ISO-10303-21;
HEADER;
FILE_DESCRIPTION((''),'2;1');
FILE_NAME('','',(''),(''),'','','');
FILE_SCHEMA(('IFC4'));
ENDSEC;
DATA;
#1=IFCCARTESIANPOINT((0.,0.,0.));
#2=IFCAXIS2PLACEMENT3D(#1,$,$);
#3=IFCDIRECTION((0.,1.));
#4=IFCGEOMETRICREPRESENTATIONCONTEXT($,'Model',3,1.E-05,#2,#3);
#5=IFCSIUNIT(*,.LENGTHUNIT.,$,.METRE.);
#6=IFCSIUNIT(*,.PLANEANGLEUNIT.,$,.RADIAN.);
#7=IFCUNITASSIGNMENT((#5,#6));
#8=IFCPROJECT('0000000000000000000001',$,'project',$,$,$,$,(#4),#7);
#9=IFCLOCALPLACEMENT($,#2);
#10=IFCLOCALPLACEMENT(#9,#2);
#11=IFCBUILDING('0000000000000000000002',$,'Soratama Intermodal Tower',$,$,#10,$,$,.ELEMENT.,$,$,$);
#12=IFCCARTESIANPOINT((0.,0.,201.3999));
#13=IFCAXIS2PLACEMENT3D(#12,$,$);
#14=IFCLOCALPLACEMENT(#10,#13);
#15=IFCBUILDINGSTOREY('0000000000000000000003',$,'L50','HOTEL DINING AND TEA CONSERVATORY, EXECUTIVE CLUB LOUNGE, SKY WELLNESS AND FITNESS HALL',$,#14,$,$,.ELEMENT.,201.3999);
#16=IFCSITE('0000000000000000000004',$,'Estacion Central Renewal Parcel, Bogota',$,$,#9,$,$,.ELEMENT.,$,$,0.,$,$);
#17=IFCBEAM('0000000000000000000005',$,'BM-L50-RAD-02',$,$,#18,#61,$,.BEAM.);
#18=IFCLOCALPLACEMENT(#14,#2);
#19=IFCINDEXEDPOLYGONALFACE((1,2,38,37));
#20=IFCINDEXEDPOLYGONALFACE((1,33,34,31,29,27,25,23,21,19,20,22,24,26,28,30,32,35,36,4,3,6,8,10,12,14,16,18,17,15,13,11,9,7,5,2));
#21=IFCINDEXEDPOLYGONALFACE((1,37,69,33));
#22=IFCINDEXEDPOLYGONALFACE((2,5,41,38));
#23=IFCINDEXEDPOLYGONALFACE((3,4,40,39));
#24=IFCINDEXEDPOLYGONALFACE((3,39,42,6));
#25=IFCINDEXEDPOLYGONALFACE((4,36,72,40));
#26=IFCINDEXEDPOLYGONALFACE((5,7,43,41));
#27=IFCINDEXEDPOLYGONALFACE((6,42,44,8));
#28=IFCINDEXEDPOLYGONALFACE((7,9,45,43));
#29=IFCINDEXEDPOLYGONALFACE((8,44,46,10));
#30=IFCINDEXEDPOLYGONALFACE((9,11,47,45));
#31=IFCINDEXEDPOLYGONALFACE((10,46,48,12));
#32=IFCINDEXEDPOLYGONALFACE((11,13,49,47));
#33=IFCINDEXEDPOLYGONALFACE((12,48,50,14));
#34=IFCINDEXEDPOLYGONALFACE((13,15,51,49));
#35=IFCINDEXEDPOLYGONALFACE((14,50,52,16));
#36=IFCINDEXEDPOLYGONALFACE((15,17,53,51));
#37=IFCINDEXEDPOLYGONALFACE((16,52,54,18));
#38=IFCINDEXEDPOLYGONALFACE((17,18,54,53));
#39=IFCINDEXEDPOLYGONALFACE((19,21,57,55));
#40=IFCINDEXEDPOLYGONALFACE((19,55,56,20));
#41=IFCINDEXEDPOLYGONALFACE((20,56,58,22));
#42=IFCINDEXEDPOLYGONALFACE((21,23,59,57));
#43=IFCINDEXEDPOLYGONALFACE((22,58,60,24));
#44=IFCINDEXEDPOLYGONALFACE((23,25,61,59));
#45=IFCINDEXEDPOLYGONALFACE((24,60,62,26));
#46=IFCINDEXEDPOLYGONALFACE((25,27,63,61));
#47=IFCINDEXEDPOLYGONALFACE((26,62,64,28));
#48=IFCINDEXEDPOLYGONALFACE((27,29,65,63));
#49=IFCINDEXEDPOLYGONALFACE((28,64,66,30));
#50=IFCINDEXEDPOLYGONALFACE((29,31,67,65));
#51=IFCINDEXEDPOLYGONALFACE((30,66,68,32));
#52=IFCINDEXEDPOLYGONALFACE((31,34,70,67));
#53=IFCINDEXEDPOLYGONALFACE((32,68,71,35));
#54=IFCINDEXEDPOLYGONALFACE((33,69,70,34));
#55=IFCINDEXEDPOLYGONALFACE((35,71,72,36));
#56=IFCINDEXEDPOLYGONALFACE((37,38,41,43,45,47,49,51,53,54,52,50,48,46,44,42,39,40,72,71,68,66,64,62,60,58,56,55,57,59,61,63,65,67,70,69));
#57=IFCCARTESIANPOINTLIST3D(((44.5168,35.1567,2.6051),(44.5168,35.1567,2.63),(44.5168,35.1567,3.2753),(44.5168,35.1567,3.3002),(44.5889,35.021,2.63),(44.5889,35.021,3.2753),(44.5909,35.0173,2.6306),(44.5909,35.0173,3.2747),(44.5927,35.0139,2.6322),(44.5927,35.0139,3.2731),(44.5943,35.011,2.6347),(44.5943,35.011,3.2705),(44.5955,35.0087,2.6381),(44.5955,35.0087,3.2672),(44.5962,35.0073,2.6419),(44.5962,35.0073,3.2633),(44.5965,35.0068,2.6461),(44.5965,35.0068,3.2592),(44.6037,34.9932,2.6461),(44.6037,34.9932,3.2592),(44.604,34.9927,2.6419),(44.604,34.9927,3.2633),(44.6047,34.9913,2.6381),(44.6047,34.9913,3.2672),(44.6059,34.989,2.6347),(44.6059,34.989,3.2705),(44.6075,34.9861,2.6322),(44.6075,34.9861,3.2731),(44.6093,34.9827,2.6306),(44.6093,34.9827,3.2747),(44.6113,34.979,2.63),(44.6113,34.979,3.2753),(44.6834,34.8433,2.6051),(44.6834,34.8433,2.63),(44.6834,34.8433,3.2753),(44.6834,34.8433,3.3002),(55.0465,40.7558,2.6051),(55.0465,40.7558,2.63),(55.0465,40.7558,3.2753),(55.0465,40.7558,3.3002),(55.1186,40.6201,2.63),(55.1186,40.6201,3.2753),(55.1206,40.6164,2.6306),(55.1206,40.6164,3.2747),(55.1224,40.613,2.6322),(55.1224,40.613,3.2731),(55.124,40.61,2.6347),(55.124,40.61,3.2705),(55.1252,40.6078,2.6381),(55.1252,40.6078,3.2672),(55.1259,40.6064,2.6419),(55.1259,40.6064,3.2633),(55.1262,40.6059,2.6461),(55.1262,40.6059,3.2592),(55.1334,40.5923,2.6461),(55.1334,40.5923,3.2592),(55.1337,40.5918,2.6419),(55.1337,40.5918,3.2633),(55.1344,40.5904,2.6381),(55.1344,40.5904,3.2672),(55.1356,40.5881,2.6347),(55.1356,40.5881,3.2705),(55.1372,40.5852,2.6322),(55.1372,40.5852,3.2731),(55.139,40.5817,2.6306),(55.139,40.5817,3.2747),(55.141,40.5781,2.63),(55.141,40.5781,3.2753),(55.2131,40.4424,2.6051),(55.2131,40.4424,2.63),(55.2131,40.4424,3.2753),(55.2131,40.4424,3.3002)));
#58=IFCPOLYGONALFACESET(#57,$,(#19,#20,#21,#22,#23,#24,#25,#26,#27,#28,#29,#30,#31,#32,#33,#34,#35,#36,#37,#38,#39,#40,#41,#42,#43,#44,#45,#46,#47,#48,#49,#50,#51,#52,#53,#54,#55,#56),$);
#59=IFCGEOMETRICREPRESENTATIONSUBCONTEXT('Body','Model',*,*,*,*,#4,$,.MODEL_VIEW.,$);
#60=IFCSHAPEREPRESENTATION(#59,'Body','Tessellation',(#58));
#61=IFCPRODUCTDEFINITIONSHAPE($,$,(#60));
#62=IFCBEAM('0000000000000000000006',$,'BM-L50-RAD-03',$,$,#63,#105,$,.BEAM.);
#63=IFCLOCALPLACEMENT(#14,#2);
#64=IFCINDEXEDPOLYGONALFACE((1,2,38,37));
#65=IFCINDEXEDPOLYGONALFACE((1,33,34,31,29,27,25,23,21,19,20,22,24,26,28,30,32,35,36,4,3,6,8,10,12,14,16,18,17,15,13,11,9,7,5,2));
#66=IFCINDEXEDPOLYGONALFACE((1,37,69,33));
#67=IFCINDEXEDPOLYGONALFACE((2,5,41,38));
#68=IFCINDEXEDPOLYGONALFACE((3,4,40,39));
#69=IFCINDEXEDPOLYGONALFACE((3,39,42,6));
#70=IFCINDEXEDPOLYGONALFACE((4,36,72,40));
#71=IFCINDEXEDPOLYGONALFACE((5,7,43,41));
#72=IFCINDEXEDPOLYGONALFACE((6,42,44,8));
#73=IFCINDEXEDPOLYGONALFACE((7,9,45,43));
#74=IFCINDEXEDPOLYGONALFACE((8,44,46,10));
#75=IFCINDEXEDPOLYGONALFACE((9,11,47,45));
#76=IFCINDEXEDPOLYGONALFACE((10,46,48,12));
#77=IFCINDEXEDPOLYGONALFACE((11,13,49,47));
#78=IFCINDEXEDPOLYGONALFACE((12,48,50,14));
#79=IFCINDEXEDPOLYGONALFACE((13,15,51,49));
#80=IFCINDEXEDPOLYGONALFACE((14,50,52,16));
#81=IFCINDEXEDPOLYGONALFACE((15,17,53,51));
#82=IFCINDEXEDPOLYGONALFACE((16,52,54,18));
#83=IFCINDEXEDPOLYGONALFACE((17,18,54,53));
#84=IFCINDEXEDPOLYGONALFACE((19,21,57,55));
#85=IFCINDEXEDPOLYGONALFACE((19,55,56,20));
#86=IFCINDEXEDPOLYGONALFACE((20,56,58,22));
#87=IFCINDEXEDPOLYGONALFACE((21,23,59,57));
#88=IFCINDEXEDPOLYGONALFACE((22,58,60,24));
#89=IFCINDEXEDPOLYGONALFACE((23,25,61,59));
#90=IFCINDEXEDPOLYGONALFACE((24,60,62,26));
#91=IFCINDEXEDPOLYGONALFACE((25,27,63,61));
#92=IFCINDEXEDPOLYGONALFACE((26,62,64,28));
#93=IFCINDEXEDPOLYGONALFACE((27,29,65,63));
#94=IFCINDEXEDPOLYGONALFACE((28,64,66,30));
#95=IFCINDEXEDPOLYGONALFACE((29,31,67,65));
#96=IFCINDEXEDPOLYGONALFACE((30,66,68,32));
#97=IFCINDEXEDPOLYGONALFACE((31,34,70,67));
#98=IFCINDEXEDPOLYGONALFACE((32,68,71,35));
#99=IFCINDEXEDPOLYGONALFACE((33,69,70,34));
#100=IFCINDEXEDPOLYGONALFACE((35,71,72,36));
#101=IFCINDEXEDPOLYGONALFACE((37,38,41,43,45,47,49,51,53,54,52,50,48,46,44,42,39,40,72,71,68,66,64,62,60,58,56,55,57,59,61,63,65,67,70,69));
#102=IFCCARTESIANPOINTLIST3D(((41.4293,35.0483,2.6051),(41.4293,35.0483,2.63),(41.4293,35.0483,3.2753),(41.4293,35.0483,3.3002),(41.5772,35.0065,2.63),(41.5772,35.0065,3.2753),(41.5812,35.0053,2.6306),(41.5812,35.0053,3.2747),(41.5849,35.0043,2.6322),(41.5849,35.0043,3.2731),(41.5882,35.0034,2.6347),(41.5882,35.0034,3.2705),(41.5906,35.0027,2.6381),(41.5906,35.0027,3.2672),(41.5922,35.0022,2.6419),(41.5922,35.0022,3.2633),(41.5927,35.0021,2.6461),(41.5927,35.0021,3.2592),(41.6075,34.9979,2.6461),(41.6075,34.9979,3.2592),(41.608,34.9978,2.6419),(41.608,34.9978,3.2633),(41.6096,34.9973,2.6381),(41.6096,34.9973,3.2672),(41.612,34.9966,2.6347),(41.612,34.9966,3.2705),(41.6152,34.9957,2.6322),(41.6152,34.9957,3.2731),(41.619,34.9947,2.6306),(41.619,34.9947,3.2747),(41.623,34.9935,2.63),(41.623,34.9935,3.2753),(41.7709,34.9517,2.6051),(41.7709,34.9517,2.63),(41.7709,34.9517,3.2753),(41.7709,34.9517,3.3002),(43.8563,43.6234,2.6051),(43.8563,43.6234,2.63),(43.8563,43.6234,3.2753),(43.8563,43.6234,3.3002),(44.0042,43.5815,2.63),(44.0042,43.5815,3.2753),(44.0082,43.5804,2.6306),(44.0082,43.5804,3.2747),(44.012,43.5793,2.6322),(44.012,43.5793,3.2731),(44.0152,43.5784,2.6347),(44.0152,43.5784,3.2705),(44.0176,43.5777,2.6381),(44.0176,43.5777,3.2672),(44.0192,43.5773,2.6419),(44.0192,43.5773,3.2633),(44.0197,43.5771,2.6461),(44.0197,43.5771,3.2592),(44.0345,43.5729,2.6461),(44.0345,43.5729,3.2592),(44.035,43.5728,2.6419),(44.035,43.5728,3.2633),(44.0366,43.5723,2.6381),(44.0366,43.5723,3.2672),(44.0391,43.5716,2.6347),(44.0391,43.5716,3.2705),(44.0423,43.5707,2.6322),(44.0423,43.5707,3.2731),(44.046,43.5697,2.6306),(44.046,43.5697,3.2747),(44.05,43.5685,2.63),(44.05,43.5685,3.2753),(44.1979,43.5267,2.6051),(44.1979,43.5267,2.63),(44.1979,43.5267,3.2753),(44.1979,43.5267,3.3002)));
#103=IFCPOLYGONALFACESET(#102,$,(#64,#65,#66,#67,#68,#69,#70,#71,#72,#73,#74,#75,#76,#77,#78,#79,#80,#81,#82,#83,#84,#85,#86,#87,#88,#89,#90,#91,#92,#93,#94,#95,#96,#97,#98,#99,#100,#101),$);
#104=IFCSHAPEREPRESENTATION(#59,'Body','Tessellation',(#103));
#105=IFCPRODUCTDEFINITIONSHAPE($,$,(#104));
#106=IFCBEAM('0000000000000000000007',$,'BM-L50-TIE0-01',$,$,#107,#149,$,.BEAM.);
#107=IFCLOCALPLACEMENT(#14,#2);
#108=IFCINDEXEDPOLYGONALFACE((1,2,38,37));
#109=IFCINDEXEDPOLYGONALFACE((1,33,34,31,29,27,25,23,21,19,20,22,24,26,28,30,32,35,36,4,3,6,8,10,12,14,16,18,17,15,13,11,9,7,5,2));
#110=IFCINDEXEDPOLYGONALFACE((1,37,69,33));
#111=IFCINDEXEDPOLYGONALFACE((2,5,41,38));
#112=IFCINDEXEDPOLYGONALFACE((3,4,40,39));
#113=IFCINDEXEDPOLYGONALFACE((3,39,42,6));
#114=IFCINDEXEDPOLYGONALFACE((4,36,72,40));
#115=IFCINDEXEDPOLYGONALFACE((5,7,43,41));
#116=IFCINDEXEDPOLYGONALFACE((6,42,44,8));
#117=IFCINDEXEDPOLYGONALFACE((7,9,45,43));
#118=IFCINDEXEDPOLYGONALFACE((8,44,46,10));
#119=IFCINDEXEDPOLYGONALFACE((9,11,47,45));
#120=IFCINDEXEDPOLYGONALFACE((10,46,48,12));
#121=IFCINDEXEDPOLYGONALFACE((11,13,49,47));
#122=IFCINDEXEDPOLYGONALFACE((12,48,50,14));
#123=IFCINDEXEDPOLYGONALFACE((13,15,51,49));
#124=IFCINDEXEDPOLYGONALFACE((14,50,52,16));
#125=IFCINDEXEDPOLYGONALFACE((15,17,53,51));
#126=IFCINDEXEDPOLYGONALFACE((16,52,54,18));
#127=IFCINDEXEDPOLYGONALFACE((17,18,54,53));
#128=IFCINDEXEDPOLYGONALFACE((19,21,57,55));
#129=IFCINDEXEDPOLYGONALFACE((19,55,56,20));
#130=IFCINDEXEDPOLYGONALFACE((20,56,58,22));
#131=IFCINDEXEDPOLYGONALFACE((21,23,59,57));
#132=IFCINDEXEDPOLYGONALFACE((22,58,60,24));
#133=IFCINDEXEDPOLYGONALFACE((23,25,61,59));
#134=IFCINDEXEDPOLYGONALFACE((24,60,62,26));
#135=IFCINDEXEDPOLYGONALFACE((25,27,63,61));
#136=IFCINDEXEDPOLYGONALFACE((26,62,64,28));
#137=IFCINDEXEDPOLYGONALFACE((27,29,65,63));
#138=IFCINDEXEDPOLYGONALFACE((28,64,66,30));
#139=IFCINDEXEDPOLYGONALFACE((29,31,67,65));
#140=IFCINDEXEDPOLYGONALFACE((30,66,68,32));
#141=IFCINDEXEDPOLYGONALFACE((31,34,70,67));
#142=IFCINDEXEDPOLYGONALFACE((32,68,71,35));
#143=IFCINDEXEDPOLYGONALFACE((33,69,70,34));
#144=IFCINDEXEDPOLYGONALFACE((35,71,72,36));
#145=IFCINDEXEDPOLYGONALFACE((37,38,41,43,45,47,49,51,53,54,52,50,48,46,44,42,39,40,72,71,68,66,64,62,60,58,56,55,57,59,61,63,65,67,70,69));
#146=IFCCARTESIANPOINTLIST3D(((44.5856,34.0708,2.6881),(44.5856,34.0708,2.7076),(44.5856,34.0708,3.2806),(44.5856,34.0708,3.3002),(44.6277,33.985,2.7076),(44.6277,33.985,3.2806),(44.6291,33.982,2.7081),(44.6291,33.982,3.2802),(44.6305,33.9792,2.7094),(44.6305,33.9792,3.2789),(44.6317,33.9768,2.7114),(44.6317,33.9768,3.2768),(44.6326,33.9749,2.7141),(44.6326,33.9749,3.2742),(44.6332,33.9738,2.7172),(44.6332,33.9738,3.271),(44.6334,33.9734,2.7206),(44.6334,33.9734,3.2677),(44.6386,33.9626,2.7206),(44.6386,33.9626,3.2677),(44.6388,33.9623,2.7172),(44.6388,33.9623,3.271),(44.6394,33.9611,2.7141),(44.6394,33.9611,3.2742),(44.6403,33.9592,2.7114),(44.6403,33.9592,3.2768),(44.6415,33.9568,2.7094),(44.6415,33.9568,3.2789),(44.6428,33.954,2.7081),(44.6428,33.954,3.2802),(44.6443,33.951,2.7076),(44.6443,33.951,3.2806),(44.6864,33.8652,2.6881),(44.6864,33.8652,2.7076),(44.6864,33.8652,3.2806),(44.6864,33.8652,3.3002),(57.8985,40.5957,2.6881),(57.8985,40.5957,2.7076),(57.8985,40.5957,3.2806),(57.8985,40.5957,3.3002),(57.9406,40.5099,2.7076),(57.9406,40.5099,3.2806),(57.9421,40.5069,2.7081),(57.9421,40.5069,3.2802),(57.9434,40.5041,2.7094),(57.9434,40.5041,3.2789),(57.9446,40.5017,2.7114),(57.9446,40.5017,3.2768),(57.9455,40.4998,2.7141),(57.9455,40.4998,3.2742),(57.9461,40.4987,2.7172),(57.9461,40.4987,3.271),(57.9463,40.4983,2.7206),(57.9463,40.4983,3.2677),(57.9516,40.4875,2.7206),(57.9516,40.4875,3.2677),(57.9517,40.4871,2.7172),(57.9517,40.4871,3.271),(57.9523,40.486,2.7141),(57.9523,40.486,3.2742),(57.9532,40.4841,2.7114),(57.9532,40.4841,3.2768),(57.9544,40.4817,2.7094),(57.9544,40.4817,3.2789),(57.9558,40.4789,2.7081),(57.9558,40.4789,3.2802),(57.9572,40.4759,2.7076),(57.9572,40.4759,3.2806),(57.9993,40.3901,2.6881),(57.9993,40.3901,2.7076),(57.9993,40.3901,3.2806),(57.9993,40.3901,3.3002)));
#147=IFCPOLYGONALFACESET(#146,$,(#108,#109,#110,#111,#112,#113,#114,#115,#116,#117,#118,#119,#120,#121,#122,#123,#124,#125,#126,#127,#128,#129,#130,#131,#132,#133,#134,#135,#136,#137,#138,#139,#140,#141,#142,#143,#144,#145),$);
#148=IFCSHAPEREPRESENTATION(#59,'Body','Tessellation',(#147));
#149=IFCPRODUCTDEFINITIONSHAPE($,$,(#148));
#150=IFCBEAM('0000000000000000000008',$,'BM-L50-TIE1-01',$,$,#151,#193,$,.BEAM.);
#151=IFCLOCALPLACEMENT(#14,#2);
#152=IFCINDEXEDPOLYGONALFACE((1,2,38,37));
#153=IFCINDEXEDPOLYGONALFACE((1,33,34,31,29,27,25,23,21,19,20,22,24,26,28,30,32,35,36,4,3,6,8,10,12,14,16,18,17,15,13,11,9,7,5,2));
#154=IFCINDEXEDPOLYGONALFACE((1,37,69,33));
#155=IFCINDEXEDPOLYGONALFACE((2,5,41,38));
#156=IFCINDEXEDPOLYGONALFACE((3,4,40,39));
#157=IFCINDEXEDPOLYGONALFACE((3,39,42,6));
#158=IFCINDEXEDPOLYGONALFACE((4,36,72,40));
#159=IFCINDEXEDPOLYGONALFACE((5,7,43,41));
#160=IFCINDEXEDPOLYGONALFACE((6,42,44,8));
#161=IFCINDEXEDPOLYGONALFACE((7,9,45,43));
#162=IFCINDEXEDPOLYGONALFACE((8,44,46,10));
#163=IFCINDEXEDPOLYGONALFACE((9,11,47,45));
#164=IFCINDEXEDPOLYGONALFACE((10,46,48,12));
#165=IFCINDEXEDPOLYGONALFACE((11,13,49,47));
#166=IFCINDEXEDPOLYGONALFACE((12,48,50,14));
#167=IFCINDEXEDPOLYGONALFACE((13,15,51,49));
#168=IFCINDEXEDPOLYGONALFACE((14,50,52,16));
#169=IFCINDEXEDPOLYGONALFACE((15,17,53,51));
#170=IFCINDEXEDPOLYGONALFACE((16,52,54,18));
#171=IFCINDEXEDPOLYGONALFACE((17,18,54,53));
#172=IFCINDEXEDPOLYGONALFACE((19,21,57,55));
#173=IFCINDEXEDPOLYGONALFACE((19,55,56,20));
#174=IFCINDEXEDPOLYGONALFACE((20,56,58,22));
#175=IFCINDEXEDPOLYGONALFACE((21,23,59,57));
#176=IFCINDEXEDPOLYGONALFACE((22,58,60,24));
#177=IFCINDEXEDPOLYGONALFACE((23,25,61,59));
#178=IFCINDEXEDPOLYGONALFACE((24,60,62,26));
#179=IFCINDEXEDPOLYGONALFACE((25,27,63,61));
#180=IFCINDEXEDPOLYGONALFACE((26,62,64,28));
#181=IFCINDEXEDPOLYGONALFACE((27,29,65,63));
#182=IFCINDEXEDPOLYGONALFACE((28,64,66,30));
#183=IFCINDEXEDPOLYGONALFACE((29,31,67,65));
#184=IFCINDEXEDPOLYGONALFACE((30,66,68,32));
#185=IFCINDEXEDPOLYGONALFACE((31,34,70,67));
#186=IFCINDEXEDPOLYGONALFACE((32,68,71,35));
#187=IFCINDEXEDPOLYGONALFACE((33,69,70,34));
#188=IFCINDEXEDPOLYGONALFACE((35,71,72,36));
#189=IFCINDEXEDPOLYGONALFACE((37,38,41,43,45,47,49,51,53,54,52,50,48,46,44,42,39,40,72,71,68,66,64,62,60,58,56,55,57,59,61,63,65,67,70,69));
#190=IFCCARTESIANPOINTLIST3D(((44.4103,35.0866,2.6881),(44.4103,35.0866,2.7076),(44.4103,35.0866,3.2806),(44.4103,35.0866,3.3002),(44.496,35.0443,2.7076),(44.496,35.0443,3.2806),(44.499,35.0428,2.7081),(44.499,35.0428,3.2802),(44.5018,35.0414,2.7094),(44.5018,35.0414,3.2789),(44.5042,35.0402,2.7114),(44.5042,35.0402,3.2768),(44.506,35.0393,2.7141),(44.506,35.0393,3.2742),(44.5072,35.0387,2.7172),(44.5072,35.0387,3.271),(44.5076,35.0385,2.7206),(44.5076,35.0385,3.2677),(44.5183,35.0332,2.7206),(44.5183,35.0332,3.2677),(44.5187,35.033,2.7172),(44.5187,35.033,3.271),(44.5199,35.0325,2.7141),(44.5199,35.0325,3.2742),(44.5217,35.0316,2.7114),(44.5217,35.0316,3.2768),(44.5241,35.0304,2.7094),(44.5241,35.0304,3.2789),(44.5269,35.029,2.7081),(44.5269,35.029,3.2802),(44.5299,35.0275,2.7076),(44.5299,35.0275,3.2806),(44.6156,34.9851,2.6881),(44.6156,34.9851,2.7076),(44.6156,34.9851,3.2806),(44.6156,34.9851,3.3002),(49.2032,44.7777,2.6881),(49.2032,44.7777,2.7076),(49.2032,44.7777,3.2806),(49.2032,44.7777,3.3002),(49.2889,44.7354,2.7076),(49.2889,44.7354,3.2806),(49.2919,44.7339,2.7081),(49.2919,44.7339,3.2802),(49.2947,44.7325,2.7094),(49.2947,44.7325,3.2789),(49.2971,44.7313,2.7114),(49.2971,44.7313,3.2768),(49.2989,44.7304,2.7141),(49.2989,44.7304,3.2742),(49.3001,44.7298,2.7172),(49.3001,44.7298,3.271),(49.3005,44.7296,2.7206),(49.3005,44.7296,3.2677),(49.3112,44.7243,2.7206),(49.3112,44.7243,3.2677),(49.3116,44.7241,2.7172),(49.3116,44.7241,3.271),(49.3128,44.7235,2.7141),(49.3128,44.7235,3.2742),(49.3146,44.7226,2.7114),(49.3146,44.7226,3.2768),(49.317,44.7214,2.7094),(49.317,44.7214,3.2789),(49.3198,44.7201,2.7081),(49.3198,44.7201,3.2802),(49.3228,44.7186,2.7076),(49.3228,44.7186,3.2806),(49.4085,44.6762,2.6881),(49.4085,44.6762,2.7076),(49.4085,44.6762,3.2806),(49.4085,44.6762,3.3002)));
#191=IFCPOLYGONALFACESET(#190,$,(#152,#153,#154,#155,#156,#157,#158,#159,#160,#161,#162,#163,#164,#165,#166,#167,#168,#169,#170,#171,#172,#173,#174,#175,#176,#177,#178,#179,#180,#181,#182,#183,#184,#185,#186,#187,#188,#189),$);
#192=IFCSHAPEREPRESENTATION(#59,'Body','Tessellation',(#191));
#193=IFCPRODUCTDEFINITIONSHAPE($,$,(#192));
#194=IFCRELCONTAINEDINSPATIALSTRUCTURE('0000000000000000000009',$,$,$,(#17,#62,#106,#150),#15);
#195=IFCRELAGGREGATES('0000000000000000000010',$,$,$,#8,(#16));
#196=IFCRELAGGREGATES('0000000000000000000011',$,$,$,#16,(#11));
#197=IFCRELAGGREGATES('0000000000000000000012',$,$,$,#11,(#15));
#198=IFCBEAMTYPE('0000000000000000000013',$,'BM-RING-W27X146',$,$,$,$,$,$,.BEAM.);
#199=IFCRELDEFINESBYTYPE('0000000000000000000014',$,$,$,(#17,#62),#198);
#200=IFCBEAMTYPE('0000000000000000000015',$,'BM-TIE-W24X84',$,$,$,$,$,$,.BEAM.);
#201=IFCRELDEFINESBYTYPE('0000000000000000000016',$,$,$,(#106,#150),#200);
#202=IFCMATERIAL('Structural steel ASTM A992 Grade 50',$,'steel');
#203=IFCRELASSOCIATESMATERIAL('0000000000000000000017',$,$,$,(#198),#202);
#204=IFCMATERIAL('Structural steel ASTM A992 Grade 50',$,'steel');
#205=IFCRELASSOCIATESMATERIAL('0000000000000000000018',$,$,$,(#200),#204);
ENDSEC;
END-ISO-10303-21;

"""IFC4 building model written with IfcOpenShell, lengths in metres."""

from ifc_helpers import new_model, si_unit, direction, frame, origin, origin_2d, place, context, subcontext, project, spatial, i_section, extrude, material, material_profile, profile_set, type_object, element, save


model = new_model("IFC4")

# Units and contexts
model_context = context("Model", 3, precision=1e-05, world=origin(), true_north=direction((0.0, 1.0)))
body_context = subcontext(model_context, "Body", "Model", "MODEL_VIEW")
ifc_project = project(units=[si_unit("LENGTHUNIT", "METRE"), si_unit("PLANEANGLEUNIT", "RADIAN")], contexts=[model_context])

# Site, building, storey
site_placement = place(None, origin())
site = spatial("IfcSite", under=ifc_project, at=site_placement, Name="Estacion Central Renewal Parcel, Bogota", CompositionType="ELEMENT", RefElevation=0.0)
building_placement = place(site_placement, origin())
building = spatial("IfcBuilding", under=site, at=building_placement, Name="Soratama Intermodal Tower", CompositionType="ELEMENT")
storey_placement = place(building_placement, frame((0.0, 0.0, 201.3999)))
storey = spatial("IfcBuildingStorey", under=building, at=storey_placement, Name="L50", Description="HOTEL DINING AND TEA CONSERVATORY, EXECUTIVE CLUB LOUNGE, SKY WELLNESS AND FITNESS HALL", CompositionType="ELEMENT", Elevation=201.3999)

# Beams
ifc_material_1 = material(Name="Structural steel ASTM A992 Grade 50", Category="steel")
ifc_material_profile_1 = material_profile(ifc_material_1, i_section(OverallWidth=0.355, OverallDepth=0.6951, WebThickness=0.0154, FlangeThickness=0.0249, FilletRadius=0.0161, at=origin_2d()), Name="W27X146")
ifc_profile_set_1 = profile_set([ifc_material_profile_1], Name="Structural steel ASTM A992 Grade 50")
beam_type_1 = type_object("IfcBeamType", Name="BM-RING-W27X146", PredefinedType="BEAM", material=ifc_profile_set_1)
beam_1_placement = place(storey_placement, frame((44.6001, 35.0, 2.9526), z_axis=(0.882936, 0.469493, 0.0), x_axis=(-0.469493, 0.882936, 0.0)))
element("IfcBeam", 1, at=beam_1_placement, inside=storey, type_object=beam_type_1, Name="BM-L50-RAD-02", PredefinedType="BEAM", context=body_context, shape_type="SweptSolid", body=[
    extrude(i_section(OverallWidth=0.355, OverallDepth=0.6951, WebThickness=0.0154, FlangeThickness=0.0249, FilletRadius=0.0161, at=origin_2d()), origin(), (0.0, 0.0, 1.0), 11.9258),
])
beam_2_placement = place(storey_placement, frame((41.6001, 35.0, 2.9526), z_axis=(0.272336, 0.962202, 0.0), x_axis=(-0.962202, 0.272336, 0.0)))
element("IfcBeam", 2, at=beam_2_placement, inside=storey, type_object=beam_type_1, Name="BM-L50-RAD-03", PredefinedType="BEAM", context=body_context, shape_type="SweptSolid", body=[
    extrude(i_section(OverallWidth=0.355, OverallDepth=0.6951, WebThickness=0.0154, FlangeThickness=0.0249, FilletRadius=0.0161, at=origin_2d()), origin(), (0.0, 0.0, 1.0), 8.9119),
])
ifc_material_2 = material(Name="Structural steel ASTM A992 Grade 50", Category="steel")
ifc_material_profile_2 = material_profile(ifc_material_2, i_section(OverallWidth=0.229, OverallDepth=0.6121, WebThickness=0.012, FlangeThickness=0.0195, FilletRadius=0.0129, at=origin_2d()), Name="W24X84")
ifc_profile_set_2 = profile_set([ifc_material_profile_2], Name="Structural steel ASTM A992 Grade 50")
beam_type_2 = type_object("IfcBeamType", Name="BM-TIE-W24X84", PredefinedType="BEAM", material=ifc_profile_set_2)
beam_3_placement = place(storey_placement, frame((44.636, 33.968, 2.9941), z_axis=(0.897949, 0.440099, 0.0), x_axis=(-0.440099, 0.897949, 0.0)))
element("IfcBeam", 3, at=beam_3_placement, inside=storey, type_object=beam_type_2, Name="BM-L50-TIE0-01", PredefinedType="BEAM", context=body_context, shape_type="SweptSolid", body=[
    extrude(i_section(OverallWidth=0.229, OverallDepth=0.6121, WebThickness=0.012, FlangeThickness=0.0195, FilletRadius=0.0129, at=origin_2d()), origin(), (0.0, 0.0, 1.0), 14.8259),
])
beam_4_placement = place(storey_placement, frame((44.5129, 35.0359, 2.9941), z_axis=(0.443316, 0.896365, 0.0), x_axis=(-0.896365, 0.443316, 0.0)))
element("IfcBeam", 4, at=beam_4_placement, inside=storey, type_object=beam_type_2, Name="BM-L50-TIE1-01", PredefinedType="BEAM", context=body_context, shape_type="SweptSolid", body=[
    extrude(i_section(OverallWidth=0.229, OverallDepth=0.6121, WebThickness=0.012, FlangeThickness=0.0195, FilletRadius=0.0129, at=origin_2d()), origin(), (0.0, 0.0, 1.0), 10.8115),
])

save(model, "model.ifc")
